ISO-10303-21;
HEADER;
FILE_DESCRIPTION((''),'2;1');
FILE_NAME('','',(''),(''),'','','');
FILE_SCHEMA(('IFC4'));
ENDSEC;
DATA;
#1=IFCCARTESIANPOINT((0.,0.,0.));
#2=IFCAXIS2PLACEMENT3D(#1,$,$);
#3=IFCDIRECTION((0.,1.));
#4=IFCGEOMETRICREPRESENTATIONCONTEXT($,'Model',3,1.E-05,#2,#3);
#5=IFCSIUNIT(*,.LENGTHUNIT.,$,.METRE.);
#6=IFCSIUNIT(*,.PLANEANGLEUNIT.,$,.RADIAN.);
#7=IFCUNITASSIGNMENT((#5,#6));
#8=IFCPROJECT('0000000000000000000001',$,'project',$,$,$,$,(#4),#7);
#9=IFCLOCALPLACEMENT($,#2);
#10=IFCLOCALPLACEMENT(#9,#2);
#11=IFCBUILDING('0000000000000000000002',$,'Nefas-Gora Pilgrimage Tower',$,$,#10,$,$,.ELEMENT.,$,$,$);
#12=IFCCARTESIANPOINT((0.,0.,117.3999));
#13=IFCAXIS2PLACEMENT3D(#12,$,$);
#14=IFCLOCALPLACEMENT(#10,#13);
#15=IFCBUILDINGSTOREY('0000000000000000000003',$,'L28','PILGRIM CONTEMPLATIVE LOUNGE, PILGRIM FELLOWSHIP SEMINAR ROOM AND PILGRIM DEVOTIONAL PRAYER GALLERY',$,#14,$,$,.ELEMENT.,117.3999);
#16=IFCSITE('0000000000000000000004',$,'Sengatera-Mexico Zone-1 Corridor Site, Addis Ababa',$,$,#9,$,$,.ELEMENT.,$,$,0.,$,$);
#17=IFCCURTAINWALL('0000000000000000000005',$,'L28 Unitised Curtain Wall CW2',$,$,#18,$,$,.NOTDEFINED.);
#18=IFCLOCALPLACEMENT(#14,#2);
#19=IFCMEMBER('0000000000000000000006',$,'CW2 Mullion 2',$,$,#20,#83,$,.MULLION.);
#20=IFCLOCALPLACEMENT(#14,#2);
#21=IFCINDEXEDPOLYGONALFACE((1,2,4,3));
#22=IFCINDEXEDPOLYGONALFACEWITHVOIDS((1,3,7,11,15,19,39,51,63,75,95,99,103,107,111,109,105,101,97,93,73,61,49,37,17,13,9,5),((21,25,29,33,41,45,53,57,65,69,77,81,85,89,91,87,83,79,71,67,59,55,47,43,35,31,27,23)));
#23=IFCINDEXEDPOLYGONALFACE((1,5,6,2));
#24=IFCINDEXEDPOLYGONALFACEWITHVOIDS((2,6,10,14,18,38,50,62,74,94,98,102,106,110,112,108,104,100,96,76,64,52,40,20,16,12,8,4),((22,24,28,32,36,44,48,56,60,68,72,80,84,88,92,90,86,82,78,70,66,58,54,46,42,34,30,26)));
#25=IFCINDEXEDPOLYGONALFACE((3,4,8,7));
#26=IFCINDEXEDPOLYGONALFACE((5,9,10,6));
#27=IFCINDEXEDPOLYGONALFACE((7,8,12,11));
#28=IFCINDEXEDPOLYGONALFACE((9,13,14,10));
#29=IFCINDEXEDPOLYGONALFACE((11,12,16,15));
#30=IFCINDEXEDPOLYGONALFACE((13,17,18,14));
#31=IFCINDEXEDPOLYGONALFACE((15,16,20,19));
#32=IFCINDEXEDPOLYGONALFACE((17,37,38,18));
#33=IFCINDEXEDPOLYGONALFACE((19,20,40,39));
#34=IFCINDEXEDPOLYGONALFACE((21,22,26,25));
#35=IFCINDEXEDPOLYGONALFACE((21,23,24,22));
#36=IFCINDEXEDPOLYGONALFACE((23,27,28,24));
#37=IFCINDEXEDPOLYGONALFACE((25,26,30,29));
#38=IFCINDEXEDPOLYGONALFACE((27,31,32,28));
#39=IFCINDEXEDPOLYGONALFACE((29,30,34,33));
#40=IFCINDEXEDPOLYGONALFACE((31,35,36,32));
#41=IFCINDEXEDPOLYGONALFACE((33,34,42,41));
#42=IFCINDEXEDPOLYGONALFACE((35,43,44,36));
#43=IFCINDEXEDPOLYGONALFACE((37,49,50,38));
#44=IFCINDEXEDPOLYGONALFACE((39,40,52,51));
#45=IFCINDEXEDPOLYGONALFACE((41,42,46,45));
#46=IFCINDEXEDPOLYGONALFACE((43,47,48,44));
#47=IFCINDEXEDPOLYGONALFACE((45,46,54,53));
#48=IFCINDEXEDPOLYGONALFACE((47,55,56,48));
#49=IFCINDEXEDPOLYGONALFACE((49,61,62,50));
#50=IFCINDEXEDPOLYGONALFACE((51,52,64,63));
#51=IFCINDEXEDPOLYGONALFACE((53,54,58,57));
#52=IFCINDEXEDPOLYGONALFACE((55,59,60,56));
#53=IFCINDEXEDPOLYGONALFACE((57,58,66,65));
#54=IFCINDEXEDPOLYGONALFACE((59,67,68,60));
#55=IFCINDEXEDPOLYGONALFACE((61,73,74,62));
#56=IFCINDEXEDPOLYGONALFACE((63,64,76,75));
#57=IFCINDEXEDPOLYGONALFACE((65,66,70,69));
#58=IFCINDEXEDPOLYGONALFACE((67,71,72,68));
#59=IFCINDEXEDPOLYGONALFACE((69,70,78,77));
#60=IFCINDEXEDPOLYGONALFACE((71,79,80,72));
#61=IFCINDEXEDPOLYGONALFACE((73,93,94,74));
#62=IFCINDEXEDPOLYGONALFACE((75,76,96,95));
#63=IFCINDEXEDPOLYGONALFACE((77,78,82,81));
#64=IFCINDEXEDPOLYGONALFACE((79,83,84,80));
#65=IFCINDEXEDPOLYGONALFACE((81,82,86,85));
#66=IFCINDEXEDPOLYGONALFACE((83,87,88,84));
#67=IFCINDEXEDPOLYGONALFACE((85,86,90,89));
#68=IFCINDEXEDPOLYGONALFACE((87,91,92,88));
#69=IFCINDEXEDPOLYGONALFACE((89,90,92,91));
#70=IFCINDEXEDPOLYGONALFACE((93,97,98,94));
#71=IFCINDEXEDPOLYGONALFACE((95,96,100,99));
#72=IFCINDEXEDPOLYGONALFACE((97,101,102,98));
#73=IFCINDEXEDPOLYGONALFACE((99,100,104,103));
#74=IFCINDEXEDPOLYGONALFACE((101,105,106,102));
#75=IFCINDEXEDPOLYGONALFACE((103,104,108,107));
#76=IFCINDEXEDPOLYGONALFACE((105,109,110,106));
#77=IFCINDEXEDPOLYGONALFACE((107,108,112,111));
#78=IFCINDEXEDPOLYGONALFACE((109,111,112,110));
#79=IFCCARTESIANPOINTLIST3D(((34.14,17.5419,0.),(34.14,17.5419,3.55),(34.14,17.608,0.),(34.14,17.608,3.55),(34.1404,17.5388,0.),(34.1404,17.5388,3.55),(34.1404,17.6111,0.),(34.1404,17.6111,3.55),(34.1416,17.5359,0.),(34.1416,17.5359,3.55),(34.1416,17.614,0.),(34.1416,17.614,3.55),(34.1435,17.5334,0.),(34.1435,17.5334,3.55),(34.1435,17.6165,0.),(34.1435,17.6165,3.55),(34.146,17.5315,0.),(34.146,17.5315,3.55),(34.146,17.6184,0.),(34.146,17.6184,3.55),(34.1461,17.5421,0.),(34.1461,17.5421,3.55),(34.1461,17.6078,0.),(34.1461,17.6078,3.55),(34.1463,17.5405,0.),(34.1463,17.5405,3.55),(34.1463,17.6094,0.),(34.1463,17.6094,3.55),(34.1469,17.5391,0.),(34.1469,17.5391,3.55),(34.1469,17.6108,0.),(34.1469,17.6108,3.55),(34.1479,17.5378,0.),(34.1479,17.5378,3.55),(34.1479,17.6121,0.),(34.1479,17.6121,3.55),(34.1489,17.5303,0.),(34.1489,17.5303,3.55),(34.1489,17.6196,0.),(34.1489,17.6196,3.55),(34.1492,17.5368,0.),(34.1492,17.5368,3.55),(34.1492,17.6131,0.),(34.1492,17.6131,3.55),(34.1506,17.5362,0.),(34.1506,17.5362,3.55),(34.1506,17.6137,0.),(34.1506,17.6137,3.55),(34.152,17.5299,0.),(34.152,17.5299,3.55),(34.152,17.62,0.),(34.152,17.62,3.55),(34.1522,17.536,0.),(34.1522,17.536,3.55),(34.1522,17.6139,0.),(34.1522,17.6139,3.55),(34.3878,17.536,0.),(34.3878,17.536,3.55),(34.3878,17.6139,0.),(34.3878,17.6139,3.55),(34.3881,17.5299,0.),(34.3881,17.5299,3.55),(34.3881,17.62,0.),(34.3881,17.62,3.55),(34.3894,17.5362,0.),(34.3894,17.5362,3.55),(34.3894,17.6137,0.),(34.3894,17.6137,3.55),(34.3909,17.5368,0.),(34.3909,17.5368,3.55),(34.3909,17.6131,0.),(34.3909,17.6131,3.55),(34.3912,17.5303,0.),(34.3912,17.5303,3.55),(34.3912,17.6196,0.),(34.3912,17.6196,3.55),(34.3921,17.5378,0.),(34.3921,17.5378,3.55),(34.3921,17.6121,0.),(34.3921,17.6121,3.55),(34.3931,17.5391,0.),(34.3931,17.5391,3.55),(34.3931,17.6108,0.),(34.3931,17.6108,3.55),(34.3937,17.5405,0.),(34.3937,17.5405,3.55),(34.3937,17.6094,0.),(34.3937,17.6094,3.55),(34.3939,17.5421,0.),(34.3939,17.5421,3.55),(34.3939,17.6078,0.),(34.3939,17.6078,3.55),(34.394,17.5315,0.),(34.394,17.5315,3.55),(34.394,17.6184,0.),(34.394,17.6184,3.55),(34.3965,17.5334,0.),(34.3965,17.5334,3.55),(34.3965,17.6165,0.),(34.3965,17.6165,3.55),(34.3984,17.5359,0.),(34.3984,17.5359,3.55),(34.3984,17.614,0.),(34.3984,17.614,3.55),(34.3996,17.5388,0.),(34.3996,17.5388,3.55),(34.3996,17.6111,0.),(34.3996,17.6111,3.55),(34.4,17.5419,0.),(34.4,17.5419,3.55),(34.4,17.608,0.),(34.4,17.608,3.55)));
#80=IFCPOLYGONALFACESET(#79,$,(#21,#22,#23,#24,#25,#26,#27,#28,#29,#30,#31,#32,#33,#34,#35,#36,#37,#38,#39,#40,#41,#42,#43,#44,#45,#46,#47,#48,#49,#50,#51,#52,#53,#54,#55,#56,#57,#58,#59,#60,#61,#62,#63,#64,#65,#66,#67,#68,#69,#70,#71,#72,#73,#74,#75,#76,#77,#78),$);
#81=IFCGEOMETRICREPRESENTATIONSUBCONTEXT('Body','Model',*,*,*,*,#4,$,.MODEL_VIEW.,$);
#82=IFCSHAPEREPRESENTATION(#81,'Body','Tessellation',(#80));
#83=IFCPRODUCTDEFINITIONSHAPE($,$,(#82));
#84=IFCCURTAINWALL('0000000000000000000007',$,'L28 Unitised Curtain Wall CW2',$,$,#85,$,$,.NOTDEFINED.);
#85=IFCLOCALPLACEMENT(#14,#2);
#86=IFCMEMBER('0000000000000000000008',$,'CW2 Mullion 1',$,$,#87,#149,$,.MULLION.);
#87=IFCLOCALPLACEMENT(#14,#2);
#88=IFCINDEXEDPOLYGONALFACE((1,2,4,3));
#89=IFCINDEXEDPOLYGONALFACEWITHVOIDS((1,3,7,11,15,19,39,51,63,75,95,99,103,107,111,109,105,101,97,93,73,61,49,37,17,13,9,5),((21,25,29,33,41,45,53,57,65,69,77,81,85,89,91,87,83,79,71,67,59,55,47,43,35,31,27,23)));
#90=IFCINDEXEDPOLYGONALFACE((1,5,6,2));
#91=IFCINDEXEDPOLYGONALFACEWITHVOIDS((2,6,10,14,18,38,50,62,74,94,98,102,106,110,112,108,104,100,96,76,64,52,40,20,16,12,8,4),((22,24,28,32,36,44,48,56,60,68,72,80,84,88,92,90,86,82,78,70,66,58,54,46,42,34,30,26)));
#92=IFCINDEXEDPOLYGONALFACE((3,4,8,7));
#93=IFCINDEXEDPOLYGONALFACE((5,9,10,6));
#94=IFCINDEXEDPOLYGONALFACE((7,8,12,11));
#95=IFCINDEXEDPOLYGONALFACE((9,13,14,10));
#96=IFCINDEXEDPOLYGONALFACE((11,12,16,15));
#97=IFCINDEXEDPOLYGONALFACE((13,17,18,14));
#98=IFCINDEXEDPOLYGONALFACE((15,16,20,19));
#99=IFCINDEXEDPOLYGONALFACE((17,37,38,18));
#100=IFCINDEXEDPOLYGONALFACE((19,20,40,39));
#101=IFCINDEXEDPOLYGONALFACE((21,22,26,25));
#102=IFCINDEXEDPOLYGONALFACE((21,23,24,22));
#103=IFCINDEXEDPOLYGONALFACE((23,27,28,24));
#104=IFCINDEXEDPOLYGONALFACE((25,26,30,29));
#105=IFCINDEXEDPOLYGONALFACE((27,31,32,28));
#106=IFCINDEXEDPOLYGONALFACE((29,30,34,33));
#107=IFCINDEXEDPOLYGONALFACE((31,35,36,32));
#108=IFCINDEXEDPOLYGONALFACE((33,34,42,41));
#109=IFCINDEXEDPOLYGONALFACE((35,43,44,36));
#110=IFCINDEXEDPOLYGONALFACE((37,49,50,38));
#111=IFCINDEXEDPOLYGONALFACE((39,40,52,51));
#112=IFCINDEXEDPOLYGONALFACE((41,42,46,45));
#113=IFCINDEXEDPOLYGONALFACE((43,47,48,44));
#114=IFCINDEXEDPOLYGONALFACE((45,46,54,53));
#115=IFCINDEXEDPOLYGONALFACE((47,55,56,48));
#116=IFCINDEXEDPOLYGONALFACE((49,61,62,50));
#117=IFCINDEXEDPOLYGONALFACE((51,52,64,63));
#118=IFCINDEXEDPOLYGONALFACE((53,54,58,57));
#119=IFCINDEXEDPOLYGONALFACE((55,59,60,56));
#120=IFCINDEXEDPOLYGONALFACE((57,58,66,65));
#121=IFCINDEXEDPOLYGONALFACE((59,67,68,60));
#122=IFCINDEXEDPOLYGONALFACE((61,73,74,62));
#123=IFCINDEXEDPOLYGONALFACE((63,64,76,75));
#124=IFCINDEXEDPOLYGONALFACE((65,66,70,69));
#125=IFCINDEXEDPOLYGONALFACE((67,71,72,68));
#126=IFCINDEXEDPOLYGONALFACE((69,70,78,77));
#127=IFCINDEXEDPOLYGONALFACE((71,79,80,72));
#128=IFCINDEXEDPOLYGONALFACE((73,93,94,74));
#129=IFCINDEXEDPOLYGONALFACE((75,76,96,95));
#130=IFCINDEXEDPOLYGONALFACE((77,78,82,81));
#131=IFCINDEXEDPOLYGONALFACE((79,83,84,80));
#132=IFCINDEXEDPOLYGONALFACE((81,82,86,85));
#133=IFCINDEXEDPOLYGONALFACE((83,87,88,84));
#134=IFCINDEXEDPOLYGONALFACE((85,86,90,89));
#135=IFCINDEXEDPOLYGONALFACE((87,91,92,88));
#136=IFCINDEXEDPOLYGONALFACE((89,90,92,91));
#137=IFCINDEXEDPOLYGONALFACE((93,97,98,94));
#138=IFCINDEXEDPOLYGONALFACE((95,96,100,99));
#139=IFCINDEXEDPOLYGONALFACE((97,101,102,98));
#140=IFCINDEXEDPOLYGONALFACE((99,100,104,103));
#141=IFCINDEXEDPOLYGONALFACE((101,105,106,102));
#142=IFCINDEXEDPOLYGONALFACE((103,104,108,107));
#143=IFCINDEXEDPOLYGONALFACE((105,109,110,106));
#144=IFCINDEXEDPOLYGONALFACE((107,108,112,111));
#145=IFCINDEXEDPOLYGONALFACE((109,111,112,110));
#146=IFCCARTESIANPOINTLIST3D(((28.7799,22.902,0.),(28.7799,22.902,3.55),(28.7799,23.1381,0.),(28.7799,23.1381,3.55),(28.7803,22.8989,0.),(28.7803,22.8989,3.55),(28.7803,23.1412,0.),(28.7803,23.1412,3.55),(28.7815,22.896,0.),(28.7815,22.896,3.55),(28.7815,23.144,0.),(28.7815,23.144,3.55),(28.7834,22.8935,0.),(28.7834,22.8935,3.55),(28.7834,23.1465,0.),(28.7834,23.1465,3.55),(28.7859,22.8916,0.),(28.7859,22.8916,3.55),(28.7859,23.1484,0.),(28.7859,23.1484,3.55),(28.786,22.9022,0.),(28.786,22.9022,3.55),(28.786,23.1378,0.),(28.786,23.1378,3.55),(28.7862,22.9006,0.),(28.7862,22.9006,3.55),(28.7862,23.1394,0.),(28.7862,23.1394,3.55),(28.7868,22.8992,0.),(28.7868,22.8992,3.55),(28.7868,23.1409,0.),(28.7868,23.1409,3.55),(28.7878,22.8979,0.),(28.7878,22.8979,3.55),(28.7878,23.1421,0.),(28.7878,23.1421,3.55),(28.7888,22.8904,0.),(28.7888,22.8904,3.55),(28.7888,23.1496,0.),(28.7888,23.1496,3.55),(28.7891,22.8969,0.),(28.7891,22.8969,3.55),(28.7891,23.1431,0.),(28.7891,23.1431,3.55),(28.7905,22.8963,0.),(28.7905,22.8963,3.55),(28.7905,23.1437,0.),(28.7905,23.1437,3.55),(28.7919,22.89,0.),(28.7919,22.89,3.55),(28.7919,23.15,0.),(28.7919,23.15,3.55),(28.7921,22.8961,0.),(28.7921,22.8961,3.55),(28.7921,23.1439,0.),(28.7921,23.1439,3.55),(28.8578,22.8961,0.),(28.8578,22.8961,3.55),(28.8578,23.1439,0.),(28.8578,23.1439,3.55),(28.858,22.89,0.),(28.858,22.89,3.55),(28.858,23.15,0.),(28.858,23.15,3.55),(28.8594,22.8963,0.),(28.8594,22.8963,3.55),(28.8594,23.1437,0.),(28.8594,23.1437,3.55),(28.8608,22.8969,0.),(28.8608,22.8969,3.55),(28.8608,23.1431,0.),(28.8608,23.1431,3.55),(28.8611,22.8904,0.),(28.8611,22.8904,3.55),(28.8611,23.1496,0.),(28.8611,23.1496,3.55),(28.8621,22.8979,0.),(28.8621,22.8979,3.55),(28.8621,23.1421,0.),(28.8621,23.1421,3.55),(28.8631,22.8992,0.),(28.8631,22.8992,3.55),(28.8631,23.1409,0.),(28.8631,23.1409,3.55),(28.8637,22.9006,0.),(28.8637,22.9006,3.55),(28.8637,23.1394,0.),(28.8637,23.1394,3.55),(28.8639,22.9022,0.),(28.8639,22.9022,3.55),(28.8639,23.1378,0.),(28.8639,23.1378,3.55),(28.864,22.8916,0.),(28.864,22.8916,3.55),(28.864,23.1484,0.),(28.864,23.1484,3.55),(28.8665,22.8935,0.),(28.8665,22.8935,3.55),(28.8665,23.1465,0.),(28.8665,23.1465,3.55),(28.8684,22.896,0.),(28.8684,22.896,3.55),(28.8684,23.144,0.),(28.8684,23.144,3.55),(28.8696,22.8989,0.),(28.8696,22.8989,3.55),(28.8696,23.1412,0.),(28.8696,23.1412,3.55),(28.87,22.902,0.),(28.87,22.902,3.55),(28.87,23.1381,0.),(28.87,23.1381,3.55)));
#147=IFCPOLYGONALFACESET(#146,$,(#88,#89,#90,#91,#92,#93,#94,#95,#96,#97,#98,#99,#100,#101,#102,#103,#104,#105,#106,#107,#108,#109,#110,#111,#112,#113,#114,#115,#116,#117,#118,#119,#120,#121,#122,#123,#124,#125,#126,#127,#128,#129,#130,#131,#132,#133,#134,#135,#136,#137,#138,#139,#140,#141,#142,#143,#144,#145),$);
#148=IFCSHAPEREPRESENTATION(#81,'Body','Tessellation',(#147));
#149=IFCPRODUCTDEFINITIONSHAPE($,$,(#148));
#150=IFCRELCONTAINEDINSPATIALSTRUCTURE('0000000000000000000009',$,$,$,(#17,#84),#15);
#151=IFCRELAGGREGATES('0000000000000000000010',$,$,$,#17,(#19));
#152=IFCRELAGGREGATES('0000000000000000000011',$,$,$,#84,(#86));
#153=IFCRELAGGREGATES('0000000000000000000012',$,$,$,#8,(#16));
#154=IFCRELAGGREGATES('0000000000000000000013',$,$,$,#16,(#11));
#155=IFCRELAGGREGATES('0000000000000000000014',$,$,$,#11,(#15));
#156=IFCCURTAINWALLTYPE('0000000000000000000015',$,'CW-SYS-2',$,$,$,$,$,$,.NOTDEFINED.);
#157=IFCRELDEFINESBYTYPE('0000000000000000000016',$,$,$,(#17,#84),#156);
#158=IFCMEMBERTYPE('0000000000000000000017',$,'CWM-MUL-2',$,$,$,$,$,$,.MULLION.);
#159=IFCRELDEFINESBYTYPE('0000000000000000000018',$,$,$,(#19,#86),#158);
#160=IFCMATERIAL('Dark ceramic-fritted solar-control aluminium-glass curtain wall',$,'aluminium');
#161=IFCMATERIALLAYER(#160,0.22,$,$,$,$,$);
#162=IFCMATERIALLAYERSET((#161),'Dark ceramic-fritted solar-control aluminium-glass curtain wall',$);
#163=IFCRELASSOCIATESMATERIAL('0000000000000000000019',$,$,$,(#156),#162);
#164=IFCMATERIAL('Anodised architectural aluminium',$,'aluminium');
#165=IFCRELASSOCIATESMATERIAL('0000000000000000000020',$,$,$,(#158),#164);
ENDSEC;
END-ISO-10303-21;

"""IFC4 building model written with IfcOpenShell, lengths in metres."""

from ifc_helpers import new_model, si_unit, direction, frame, origin, origin_2d, place, context, subcontext, project, spatial, hollow_rectangle, extrude, source, transform, mapped, material, layer, layer_set, material_profile, profile_set, type_object, element, aggregate, save


model = new_model("IFC4")

# Units and contexts
model_context = context("Model", 3, precision=1e-05, world=origin(), true_north=direction((0.0, 1.0)))
body_context = subcontext(model_context, "Body", "Model", "MODEL_VIEW")
ifc_project = project(units=[si_unit("LENGTHUNIT", "METRE"), si_unit("PLANEANGLEUNIT", "RADIAN")], contexts=[model_context])

# Site, building, storey
site_placement = place(None, origin())
site = spatial("IfcSite", under=ifc_project, at=site_placement, Name="Sengatera-Mexico Zone-1 Corridor Site, Addis Ababa", CompositionType="ELEMENT", RefElevation=0.0)
building_placement = place(site_placement, origin())
building = spatial("IfcBuilding", under=site, at=building_placement, Name="Nefas-Gora Pilgrimage Tower", CompositionType="ELEMENT")
storey_placement = place(building_placement, frame((0.0, 0.0, 117.3999)))
storey = spatial("IfcBuildingStorey", under=building, at=storey_placement, Name="L28", Description="PILGRIM CONTEMPLATIVE LOUNGE, PILGRIM FELLOWSHIP SEMINAR ROOM AND PILGRIM DEVOTIONAL PRAYER GALLERY", CompositionType="ELEMENT", Elevation=117.3999)

# Curtain wall, member
ifc_material_1 = material(Name="Dark ceramic-fritted solar-control aluminium-glass curtain wall", Category="aluminium")
ifc_layer_1 = layer(ifc_material_1, 0.22)
ifc_layer_set_1 = layer_set([ifc_layer_1], Name="Dark ceramic-fritted solar-control aluminium-glass curtain wall")
curtain_wall_type = type_object("IfcCurtainWallType", Name="CW-SYS-2", PredefinedType="NOTDEFINED", material=ifc_layer_set_1)
curtain_wall_1_placement = place(storey_placement, origin())
curtain_wall_1 = element("IfcCurtainWall", 1, at=curtain_wall_1_placement, inside=storey, type_object=curtain_wall_type, Name="L28 Unitised Curtain Wall CW2", PredefinedType="NOTDEFINED")
ifc_material_2 = material(Name="Anodised architectural aluminium", Category="aluminium")
ifc_material_profile_1 = material_profile(ifc_material_2, hollow_rectangle(XDim=0.0901, YDim=0.26, WallThickness=0.0061, InnerFilletRadius=0.0061, OuterFilletRadius=0.012, at=origin_2d()), Name="ALU MULLION 90x260")
ifc_profile_set_1 = profile_set([ifc_material_profile_1], Name="Anodised architectural aluminium")
member_type_1 = type_object("IfcMemberType", Name="CWM-MUL-2", PredefinedType="MULLION", material=ifc_profile_set_1)
shared_shape_1 = source(origin(), body_context, "Body", "SweptSolid", [
    extrude(hollow_rectangle(XDim=0.0901, YDim=0.26, WallThickness=0.0061, InnerFilletRadius=0.0061, OuterFilletRadius=0.012, at=origin_2d()), origin(), (0.0, 0.0, 1.0), 3.55),
])
member_1_placement = place(storey_placement, frame((34.27, 17.575, 0.0), z_axis=(0.0, 0.0, 1.0), x_axis=(0.0, 1.0, 0.0)))
member_1 = element("IfcMember", 2, at=member_1_placement, type_object=member_type_1, Name="CW2 Mullion 2", PredefinedType="MULLION", context=body_context, shape_type="MappedRepresentation", body=[
    mapped(shared_shape_1, transform((0.0, 0.0, 0.0), x_axis=(1.0, 0.0, 0.0), y_axis=(0.0, 1.0, 0.0), z_axis=(0.0, 0.0, 1.0), scale=1.0)),
])
aggregate(curtain_wall_1, [member_1])

# Curtain wall, member
curtain_wall_2_placement = place(storey_placement, origin())
curtain_wall_2 = element("IfcCurtainWall", 3, at=curtain_wall_2_placement, inside=storey, type_object=curtain_wall_type, Name="L28 Unitised Curtain Wall CW2", PredefinedType="NOTDEFINED")
member_2_placement = place(storey_placement, frame((28.825, 23.02, 0.0), z_axis=(0.0, 0.0, 1.0), x_axis=(-1.0, 0.0, 0.0)))
member_2 = element("IfcMember", 4, at=member_2_placement, type_object=member_type_1, Name="CW2 Mullion 1", PredefinedType="MULLION", context=body_context, shape_type="MappedRepresentation", body=[
    mapped(shared_shape_1, transform((0.0, 0.0, 0.0), x_axis=(1.0, 0.0, 0.0), y_axis=(0.0, 1.0, 0.0), z_axis=(0.0, 0.0, 1.0), scale=1.0)),
])
aggregate(curtain_wall_2, [member_2])

save(model, "model.ifc")
